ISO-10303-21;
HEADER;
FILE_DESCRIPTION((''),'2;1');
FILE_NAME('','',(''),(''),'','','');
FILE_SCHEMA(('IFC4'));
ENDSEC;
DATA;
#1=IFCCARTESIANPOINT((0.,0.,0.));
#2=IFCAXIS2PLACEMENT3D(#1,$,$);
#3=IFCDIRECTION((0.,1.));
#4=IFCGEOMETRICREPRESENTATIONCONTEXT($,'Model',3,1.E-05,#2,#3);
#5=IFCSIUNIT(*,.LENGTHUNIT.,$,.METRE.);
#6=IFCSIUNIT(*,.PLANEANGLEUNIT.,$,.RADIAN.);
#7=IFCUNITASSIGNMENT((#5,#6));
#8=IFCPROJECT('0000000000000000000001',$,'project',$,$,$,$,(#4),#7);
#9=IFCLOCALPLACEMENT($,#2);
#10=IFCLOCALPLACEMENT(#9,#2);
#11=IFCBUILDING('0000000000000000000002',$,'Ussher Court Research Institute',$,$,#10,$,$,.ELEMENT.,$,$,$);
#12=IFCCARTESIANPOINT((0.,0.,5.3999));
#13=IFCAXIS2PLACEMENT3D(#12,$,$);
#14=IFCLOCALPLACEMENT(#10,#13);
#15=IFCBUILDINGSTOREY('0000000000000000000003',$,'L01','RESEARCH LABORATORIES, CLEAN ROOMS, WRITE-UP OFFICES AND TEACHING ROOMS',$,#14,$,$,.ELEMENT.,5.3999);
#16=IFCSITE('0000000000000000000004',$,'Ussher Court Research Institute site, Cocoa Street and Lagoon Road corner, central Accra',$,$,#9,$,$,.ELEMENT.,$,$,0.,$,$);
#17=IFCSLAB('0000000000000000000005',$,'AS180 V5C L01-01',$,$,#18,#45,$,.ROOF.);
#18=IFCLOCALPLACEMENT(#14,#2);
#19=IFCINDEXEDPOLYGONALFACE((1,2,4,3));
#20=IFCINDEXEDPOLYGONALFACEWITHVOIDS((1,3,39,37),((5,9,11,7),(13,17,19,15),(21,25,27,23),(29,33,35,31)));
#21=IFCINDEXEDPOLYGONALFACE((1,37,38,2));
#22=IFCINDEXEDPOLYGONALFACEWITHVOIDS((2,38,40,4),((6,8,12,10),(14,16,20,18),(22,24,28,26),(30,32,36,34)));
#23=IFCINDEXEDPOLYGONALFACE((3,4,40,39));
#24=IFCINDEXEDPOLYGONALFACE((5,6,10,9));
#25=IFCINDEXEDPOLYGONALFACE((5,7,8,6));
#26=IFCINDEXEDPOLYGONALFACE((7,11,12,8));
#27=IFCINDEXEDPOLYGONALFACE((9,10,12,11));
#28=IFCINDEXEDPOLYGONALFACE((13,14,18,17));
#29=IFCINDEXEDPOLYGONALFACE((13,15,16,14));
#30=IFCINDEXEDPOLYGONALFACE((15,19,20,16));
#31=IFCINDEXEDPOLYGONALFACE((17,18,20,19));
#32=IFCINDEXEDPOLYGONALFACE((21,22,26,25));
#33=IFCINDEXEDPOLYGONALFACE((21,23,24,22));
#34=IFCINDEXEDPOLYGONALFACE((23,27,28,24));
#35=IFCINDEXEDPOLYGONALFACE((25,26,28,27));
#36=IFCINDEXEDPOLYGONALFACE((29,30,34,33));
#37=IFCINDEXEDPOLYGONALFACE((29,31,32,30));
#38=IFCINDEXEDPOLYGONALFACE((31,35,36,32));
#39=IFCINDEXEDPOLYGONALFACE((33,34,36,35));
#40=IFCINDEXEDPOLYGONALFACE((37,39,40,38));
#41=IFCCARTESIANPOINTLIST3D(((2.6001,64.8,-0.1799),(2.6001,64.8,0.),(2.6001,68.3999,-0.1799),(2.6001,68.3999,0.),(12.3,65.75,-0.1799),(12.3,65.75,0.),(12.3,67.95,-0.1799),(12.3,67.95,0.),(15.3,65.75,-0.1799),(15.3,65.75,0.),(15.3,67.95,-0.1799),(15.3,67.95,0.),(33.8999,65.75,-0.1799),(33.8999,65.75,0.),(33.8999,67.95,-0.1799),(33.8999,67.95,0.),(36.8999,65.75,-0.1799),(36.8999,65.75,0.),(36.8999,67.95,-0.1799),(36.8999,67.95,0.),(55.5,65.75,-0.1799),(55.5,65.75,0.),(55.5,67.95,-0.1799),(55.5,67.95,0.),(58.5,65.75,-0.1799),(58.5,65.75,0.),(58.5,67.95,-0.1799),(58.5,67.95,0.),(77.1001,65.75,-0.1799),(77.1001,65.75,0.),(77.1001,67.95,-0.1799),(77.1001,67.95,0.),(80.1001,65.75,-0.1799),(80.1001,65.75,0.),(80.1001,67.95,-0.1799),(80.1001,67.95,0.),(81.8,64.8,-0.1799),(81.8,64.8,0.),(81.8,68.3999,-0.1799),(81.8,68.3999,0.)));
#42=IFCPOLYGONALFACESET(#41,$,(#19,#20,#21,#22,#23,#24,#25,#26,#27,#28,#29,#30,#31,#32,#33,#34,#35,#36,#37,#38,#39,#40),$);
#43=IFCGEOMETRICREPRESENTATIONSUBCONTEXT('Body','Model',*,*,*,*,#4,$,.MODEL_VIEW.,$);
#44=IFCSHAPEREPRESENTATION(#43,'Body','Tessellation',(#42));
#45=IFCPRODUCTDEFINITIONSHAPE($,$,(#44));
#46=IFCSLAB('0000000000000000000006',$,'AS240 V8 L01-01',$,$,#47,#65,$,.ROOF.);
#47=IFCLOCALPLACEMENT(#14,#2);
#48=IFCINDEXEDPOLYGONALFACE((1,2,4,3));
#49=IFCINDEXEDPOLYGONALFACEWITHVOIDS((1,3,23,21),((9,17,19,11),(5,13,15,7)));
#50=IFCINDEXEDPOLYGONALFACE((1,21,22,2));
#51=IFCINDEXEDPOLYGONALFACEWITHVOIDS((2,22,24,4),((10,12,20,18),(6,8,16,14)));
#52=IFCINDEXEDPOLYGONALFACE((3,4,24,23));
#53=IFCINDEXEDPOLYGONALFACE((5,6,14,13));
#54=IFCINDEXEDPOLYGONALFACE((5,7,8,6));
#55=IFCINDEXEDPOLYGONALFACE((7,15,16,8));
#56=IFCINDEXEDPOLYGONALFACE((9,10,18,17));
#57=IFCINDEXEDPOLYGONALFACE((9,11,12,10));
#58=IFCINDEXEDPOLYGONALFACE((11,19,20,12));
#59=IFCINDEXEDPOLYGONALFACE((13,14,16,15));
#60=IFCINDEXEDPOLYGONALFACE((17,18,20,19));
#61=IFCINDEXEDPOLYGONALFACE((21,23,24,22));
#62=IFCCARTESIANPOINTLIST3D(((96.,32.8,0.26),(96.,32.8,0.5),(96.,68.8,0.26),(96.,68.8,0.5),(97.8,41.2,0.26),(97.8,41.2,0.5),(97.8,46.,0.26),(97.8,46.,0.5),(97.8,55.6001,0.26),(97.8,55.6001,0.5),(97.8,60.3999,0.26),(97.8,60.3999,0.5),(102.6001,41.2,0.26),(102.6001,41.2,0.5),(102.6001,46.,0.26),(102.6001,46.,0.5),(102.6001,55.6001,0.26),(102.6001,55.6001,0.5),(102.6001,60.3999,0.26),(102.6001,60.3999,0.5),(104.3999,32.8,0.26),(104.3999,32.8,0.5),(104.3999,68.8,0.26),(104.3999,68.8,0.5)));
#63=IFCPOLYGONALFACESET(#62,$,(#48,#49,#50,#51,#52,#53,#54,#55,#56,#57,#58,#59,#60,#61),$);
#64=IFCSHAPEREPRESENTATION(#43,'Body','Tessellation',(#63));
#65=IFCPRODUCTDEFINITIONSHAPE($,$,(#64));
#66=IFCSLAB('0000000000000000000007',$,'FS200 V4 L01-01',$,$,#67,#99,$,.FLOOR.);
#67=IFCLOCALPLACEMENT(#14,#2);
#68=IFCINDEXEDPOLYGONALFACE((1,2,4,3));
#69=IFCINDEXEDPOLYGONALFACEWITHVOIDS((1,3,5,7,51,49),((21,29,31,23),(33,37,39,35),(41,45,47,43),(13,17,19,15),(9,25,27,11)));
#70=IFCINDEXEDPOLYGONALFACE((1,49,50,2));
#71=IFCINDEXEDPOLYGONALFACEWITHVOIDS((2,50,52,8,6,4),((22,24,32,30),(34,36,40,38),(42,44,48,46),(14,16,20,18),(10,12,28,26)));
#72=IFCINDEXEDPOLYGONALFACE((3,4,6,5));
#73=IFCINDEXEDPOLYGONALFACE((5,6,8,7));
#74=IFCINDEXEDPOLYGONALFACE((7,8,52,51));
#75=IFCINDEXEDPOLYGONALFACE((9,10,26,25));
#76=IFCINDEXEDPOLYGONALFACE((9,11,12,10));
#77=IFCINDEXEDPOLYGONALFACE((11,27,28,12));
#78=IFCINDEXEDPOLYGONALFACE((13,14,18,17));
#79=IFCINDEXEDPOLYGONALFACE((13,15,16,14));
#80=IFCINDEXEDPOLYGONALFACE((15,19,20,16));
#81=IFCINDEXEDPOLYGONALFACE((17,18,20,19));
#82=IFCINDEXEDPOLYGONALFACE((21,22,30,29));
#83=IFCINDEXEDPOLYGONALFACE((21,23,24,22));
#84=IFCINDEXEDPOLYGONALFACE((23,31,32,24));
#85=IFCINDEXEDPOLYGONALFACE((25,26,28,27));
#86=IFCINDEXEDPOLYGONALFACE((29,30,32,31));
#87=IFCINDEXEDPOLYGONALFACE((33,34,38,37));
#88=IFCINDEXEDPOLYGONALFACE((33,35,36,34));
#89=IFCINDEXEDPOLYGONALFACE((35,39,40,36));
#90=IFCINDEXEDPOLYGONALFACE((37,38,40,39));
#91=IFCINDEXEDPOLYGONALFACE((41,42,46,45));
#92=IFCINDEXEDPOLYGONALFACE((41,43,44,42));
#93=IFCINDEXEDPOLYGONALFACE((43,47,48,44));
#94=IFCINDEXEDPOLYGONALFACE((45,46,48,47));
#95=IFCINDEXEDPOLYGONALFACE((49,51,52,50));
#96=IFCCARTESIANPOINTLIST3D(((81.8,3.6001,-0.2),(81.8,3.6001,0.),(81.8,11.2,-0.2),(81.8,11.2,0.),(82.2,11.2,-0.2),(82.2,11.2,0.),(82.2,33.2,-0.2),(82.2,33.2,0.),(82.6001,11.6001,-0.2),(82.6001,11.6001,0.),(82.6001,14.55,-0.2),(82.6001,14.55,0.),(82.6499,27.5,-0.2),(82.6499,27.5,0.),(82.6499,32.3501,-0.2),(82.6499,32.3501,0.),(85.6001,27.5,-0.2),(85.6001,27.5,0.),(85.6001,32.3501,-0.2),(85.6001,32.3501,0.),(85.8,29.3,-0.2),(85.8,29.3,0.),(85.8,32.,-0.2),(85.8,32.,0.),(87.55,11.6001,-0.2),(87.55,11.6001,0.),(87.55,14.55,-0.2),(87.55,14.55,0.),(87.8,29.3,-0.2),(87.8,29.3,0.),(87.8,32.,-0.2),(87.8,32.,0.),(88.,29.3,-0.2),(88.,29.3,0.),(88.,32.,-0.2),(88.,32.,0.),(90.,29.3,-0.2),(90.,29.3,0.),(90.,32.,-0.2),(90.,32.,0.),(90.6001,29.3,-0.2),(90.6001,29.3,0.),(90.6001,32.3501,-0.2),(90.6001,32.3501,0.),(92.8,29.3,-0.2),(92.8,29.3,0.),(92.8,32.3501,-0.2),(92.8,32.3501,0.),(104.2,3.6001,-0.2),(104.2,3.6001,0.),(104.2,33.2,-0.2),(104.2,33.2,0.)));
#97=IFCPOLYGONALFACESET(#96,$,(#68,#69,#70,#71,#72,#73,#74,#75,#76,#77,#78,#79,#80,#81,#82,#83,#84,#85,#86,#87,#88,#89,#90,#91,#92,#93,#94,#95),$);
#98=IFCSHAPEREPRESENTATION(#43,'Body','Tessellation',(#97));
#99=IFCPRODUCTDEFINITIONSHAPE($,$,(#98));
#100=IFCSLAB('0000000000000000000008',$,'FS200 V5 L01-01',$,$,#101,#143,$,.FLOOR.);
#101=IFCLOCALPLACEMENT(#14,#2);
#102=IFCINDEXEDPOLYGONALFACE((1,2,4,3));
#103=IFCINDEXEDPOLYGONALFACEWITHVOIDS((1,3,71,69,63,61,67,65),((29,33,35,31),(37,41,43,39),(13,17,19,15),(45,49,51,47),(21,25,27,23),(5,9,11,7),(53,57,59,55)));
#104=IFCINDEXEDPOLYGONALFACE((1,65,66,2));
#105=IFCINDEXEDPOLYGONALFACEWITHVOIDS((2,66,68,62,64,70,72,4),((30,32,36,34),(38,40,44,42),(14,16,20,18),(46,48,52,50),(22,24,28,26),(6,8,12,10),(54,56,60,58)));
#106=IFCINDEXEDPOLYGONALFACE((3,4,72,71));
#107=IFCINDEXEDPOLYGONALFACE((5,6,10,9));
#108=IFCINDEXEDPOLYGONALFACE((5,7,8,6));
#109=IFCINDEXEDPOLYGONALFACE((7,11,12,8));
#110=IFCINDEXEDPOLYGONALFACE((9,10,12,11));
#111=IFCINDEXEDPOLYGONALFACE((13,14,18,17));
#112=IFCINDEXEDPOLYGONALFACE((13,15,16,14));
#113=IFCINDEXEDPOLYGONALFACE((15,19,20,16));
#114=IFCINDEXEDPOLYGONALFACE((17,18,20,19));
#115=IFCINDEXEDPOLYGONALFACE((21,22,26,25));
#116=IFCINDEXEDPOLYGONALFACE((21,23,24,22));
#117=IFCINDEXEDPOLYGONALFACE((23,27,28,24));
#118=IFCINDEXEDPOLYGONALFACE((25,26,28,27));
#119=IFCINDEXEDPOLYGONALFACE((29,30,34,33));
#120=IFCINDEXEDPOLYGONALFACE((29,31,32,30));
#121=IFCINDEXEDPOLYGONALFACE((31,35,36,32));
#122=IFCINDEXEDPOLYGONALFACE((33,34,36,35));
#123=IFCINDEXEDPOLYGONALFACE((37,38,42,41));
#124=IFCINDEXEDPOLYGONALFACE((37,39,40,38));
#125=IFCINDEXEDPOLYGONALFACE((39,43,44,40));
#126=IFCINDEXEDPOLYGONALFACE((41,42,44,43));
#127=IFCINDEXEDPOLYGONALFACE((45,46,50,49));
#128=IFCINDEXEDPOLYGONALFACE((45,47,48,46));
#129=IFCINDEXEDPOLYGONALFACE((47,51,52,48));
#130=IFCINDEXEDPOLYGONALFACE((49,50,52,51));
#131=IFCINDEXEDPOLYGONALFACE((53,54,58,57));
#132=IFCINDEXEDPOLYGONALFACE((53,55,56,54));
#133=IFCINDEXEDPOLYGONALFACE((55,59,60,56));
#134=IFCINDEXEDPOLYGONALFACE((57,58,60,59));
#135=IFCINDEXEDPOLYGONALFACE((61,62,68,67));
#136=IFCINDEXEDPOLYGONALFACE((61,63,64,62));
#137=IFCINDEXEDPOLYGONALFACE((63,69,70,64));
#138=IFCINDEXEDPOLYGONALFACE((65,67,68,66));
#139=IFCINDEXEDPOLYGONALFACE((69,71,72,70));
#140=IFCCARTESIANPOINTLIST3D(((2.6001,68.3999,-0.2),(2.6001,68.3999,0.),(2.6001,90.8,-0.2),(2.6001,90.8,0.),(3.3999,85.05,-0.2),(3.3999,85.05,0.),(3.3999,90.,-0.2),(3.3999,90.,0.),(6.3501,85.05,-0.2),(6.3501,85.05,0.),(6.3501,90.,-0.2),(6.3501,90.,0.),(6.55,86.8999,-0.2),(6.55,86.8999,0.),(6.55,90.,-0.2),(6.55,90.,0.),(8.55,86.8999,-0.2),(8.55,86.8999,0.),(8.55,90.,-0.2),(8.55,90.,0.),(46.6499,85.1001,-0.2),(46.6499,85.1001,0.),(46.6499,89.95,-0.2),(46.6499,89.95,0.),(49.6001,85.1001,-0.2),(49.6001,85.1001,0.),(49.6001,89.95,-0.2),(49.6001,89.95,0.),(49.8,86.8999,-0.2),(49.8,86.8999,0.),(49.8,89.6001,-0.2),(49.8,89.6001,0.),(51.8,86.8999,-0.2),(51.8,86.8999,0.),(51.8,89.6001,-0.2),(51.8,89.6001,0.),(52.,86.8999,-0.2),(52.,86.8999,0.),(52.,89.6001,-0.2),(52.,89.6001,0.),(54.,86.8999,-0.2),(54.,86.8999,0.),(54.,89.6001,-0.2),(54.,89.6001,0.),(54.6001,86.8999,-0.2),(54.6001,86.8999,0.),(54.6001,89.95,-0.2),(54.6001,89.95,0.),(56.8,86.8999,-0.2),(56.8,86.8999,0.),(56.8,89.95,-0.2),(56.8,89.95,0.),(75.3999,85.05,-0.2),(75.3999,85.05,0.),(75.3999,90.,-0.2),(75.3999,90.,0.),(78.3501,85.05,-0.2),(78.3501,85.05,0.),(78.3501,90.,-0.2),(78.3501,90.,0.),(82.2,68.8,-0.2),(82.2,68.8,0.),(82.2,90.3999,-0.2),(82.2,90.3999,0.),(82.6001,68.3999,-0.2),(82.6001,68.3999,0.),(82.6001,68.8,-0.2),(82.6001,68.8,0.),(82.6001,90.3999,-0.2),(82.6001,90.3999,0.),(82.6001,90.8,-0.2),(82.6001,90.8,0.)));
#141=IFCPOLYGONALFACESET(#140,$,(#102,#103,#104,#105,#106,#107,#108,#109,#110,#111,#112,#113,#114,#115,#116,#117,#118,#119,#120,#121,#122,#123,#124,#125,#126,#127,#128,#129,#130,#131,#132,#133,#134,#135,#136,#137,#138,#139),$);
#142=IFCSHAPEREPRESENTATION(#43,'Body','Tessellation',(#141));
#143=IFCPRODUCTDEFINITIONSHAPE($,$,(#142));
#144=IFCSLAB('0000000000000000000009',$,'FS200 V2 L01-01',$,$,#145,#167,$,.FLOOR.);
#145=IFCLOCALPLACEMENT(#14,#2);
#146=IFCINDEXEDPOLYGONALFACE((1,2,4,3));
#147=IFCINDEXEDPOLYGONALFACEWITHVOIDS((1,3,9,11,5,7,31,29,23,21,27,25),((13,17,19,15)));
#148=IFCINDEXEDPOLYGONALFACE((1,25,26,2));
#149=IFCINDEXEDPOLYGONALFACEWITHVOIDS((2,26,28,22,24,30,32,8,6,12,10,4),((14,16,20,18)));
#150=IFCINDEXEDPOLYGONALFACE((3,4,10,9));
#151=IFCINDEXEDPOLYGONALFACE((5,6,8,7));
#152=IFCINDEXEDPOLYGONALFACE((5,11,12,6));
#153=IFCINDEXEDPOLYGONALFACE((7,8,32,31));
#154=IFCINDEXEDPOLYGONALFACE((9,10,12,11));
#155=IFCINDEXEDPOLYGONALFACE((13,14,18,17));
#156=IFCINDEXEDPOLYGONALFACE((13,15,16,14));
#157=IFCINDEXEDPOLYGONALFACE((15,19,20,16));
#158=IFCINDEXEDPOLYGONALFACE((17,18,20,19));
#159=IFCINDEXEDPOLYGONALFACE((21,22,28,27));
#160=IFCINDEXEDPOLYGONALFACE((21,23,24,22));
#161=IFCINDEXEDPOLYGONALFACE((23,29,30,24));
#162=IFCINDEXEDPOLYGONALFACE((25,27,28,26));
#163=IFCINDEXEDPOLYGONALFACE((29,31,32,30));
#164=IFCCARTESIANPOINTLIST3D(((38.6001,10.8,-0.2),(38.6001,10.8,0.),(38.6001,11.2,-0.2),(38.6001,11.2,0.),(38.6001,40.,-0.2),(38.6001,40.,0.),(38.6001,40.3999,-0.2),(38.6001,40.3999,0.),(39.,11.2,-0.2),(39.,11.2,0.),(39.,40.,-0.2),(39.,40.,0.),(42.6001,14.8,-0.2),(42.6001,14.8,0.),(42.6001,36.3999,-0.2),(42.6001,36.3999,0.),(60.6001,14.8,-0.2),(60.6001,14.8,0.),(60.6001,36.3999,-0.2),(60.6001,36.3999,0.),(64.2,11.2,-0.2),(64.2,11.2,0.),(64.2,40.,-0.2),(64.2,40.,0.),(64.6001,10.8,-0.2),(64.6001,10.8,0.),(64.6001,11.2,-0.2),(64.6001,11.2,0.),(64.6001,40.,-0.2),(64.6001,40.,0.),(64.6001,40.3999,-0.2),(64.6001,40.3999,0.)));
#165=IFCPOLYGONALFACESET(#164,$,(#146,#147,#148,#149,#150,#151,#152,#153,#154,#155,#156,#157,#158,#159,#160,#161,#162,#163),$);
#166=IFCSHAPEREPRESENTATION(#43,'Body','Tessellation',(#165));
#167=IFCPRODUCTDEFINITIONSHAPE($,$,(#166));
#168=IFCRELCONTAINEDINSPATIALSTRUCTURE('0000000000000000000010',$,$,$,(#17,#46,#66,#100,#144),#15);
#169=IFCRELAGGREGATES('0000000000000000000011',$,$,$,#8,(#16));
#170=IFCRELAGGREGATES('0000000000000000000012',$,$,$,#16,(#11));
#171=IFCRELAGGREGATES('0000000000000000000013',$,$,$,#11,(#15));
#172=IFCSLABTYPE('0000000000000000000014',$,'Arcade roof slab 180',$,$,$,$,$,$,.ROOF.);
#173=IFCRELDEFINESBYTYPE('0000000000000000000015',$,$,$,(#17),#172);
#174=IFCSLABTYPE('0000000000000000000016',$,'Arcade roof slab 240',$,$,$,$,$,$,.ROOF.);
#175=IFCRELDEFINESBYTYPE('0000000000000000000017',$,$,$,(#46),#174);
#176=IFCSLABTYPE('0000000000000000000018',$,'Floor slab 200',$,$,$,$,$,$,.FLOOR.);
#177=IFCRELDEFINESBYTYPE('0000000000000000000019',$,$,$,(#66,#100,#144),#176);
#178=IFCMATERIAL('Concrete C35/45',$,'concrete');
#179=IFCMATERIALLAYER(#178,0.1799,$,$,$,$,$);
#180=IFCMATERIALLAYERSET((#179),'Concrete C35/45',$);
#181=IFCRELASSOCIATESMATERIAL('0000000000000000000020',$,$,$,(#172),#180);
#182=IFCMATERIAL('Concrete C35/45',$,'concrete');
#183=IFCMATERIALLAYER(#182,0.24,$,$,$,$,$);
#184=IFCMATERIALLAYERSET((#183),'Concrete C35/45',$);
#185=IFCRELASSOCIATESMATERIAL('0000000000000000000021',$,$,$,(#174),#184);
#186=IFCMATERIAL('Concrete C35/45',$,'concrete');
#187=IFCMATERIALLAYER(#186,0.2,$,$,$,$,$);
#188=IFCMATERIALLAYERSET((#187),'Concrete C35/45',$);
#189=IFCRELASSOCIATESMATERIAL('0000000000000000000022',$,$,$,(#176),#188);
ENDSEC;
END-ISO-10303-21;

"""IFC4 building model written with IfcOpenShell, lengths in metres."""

from ifc_helpers import new_model, si_unit, direction, frame, origin, place, context, subcontext, project, spatial, polyline, outline, extrude, material, layer, layer_set, type_object, element, save


model = new_model("IFC4")

# Units and contexts
model_context = context("Model", 3, precision=1e-05, world=origin(), true_north=direction((0.0, 1.0)))
body_context = subcontext(model_context, "Body", "Model", "MODEL_VIEW")
ifc_project = project(units=[si_unit("LENGTHUNIT", "METRE"), si_unit("PLANEANGLEUNIT", "RADIAN")], contexts=[model_context])

# Site, building, storey
site_placement = place(None, origin())
site = spatial("IfcSite", under=ifc_project, at=site_placement, Name="Ussher Court Research Institute site, Cocoa Street and Lagoon Road corner, central Accra", CompositionType="ELEMENT", RefElevation=0.0)
building_placement = place(site_placement, origin())
building = spatial("IfcBuilding", under=site, at=building_placement, Name="Ussher Court Research Institute", CompositionType="ELEMENT")
storey_placement = place(building_placement, frame((0.0, 0.0, 5.3999)))
storey = spatial("IfcBuildingStorey", under=building, at=storey_placement, Name="L01", Description="RESEARCH LABORATORIES, CLEAN ROOMS, WRITE-UP OFFICES AND TEACHING ROOMS", CompositionType="ELEMENT", Elevation=5.3999)

# Slabs
ifc_material_1 = material(Name="Concrete C35/45", Category="concrete")
ifc_layer_1 = layer(ifc_material_1, 0.1799)
ifc_layer_set_1 = layer_set([ifc_layer_1], Name="Concrete C35/45")
slab_type_1 = type_object("IfcSlabType", Name="Arcade roof slab 180", PredefinedType="ROOF", material=ifc_layer_set_1)
slab_1_placement = place(storey_placement, frame((0.0, 0.0, -0.1799)))
element("IfcSlab", 1, at=slab_1_placement, inside=storey, type_object=slab_type_1, Name="AS180 V5C L01-01", PredefinedType="ROOF", context=body_context, shape_type="SweptSolid", body=[
    extrude(outline(polyline([(81.8, 64.8), (81.8, 68.3999), (2.6001, 68.3999), (2.6001, 64.8), (81.8, 64.8)]), holes=[polyline([(15.3, 65.75), (12.3, 65.75), (12.3, 67.95), (15.3, 67.95), (15.3, 65.75)]), polyline([(33.8999, 65.75), (33.8999, 67.95), (36.8999, 67.95), (36.8999, 65.75), (33.8999, 65.75)]), polyline([(55.5, 67.95), (58.5, 67.95), (58.5, 65.75), (55.5, 65.75), (55.5, 67.95)]), polyline([(80.1001, 67.95), (80.1001, 65.75), (77.1001, 65.75), (77.1001, 67.95), (80.1001, 67.95)])]), origin(), (0.0, 0.0, 1.0), 0.1799),
])
ifc_material_2 = material(Name="Concrete C35/45", Category="concrete")
ifc_layer_2 = layer(ifc_material_2, 0.24)
ifc_layer_set_2 = layer_set([ifc_layer_2], Name="Concrete C35/45")
slab_type_2 = type_object("IfcSlabType", Name="Arcade roof slab 240", PredefinedType="ROOF", material=ifc_layer_set_2)
slab_2_placement = place(storey_placement, frame((0.0, 0.0, 0.26)))
element("IfcSlab", 2, at=slab_2_placement, inside=storey, type_object=slab_type_2, Name="AS240 V8 L01-01", PredefinedType="ROOF", context=body_context, shape_type="SweptSolid", body=[
    extrude(outline(polyline([(96.0, 68.8), (96.0, 32.8), (104.3999, 32.8), (104.3999, 68.8), (96.0, 68.8)]), holes=[polyline([(97.8, 46.0), (102.6001, 46.0), (102.6001, 41.2), (97.8, 41.2), (97.8, 46.0)]), polyline([(102.6001, 60.3999), (102.6001, 55.6001), (97.8, 55.6001), (97.8, 60.3999), (102.6001, 60.3999)])]), origin(), (0.0, 0.0, 1.0), 0.24),
])
ifc_material_3 = material(Name="Concrete C35/45", Category="concrete")
ifc_layer_3 = layer(ifc_material_3, 0.2)
ifc_layer_set_3 = layer_set([ifc_layer_3], Name="Concrete C35/45")
slab_type_3 = type_object("IfcSlabType", Name="Floor slab 200", PredefinedType="FLOOR", material=ifc_layer_set_3)
slab_3_placement = place(storey_placement, frame((0.0, 0.0, -0.2)))
element("IfcSlab", 3, at=slab_3_placement, inside=storey, type_object=slab_type_3, Name="FS200 V4 L01-01", PredefinedType="FLOOR", context=body_context, shape_type="SweptSolid", body=[
    extrude(outline(polyline([(81.8, 11.2), (81.8, 3.6001), (104.2, 3.6001), (104.2, 33.2), (82.2, 33.2), (82.2, 11.2), (81.8, 11.2)]), holes=[polyline([(87.55, 11.6001), (82.6001, 11.6001), (82.6001, 14.55), (87.55, 14.55), (87.55, 11.6001)]), polyline([(82.6499, 27.5), (82.6499, 32.3501), (85.6001, 32.3501), (85.6001, 27.5), (82.6499, 27.5)]), polyline([(87.8, 29.3), (85.8, 29.3), (85.8, 32.0), (87.8, 32.0), (87.8, 29.3)]), polyline([(88.0, 29.3), (88.0, 32.0), (90.0, 32.0), (90.0, 29.3), (88.0, 29.3)]), polyline([(90.6001, 29.3), (90.6001, 32.3501), (92.8, 32.3501), (92.8, 29.3), (90.6001, 29.3)])]), origin(), (0.0, 0.0, 1.0), 0.2),
])
slab_4_placement = place(storey_placement, frame((0.0, 0.0, -0.2)))
element("IfcSlab", 4, at=slab_4_placement, inside=storey, type_object=slab_type_3, Name="FS200 V5 L01-01", PredefinedType="FLOOR", context=body_context, shape_type="SweptSolid", body=[
    extrude(outline(polyline([(82.6001, 90.8), (2.6001, 90.8), (2.6001, 68.3999), (82.6001, 68.3999), (82.6001, 68.8), (82.2, 68.8), (82.2, 90.3999), (82.6001, 90.3999), (82.6001, 90.8)]), holes=[polyline([(3.3999, 85.05), (3.3999, 90.0), (6.3501, 90.0), (6.3501, 85.05), (3.3999, 85.05)]), polyline([(46.6499, 89.95), (49.6001, 89.95), (49.6001, 85.1001), (46.6499, 85.1001), (46.6499, 89.95)]), polyline([(49.8, 86.8999), (49.8, 89.6001), (51.8, 89.6001), (51.8, 86.8999), (49.8, 86.8999)]), polyline([(54.0, 86.8999), (52.0, 86.8999), (52.0, 89.6001), (54.0, 89.6001), (54.0, 86.8999)]), polyline([(54.6001, 86.8999), (54.6001, 89.95), (56.8, 89.95), (56.8, 86.8999), (54.6001, 86.8999)]), polyline([(6.55, 86.8999), (6.55, 90.0), (8.55, 90.0), (8.55, 86.8999), (6.55, 86.8999)]), polyline([(75.3999, 85.05), (75.3999, 90.0), (78.3501, 90.0), (78.3501, 85.05), (75.3999, 85.05)])]), origin(), (0.0, 0.0, 1.0), 0.2),
])
slab_5_placement = place(storey_placement, frame((0.0, 0.0, -0.2)))
element("IfcSlab", 5, at=slab_5_placement, inside=storey, type_object=slab_type_3, Name="FS200 V2 L01-01", PredefinedType="FLOOR", context=body_context, shape_type="SweptSolid", body=[
    extrude(outline(polyline([(39.0, 40.0), (39.0, 11.2), (38.6001, 11.2), (38.6001, 10.8), (64.6001, 10.8), (64.6001, 11.2), (64.2, 11.2), (64.2, 40.0), (64.6001, 40.0), (64.6001, 40.3999), (38.6001, 40.3999), (38.6001, 40.0), (39.0, 40.0)]), holes=[polyline([(42.6001, 36.3999), (60.6001, 36.3999), (60.6001, 14.8), (42.6001, 14.8), (42.6001, 36.3999)])]), origin(), (0.0, 0.0, 1.0), 0.2),
])

save(model, "model.ifc")
